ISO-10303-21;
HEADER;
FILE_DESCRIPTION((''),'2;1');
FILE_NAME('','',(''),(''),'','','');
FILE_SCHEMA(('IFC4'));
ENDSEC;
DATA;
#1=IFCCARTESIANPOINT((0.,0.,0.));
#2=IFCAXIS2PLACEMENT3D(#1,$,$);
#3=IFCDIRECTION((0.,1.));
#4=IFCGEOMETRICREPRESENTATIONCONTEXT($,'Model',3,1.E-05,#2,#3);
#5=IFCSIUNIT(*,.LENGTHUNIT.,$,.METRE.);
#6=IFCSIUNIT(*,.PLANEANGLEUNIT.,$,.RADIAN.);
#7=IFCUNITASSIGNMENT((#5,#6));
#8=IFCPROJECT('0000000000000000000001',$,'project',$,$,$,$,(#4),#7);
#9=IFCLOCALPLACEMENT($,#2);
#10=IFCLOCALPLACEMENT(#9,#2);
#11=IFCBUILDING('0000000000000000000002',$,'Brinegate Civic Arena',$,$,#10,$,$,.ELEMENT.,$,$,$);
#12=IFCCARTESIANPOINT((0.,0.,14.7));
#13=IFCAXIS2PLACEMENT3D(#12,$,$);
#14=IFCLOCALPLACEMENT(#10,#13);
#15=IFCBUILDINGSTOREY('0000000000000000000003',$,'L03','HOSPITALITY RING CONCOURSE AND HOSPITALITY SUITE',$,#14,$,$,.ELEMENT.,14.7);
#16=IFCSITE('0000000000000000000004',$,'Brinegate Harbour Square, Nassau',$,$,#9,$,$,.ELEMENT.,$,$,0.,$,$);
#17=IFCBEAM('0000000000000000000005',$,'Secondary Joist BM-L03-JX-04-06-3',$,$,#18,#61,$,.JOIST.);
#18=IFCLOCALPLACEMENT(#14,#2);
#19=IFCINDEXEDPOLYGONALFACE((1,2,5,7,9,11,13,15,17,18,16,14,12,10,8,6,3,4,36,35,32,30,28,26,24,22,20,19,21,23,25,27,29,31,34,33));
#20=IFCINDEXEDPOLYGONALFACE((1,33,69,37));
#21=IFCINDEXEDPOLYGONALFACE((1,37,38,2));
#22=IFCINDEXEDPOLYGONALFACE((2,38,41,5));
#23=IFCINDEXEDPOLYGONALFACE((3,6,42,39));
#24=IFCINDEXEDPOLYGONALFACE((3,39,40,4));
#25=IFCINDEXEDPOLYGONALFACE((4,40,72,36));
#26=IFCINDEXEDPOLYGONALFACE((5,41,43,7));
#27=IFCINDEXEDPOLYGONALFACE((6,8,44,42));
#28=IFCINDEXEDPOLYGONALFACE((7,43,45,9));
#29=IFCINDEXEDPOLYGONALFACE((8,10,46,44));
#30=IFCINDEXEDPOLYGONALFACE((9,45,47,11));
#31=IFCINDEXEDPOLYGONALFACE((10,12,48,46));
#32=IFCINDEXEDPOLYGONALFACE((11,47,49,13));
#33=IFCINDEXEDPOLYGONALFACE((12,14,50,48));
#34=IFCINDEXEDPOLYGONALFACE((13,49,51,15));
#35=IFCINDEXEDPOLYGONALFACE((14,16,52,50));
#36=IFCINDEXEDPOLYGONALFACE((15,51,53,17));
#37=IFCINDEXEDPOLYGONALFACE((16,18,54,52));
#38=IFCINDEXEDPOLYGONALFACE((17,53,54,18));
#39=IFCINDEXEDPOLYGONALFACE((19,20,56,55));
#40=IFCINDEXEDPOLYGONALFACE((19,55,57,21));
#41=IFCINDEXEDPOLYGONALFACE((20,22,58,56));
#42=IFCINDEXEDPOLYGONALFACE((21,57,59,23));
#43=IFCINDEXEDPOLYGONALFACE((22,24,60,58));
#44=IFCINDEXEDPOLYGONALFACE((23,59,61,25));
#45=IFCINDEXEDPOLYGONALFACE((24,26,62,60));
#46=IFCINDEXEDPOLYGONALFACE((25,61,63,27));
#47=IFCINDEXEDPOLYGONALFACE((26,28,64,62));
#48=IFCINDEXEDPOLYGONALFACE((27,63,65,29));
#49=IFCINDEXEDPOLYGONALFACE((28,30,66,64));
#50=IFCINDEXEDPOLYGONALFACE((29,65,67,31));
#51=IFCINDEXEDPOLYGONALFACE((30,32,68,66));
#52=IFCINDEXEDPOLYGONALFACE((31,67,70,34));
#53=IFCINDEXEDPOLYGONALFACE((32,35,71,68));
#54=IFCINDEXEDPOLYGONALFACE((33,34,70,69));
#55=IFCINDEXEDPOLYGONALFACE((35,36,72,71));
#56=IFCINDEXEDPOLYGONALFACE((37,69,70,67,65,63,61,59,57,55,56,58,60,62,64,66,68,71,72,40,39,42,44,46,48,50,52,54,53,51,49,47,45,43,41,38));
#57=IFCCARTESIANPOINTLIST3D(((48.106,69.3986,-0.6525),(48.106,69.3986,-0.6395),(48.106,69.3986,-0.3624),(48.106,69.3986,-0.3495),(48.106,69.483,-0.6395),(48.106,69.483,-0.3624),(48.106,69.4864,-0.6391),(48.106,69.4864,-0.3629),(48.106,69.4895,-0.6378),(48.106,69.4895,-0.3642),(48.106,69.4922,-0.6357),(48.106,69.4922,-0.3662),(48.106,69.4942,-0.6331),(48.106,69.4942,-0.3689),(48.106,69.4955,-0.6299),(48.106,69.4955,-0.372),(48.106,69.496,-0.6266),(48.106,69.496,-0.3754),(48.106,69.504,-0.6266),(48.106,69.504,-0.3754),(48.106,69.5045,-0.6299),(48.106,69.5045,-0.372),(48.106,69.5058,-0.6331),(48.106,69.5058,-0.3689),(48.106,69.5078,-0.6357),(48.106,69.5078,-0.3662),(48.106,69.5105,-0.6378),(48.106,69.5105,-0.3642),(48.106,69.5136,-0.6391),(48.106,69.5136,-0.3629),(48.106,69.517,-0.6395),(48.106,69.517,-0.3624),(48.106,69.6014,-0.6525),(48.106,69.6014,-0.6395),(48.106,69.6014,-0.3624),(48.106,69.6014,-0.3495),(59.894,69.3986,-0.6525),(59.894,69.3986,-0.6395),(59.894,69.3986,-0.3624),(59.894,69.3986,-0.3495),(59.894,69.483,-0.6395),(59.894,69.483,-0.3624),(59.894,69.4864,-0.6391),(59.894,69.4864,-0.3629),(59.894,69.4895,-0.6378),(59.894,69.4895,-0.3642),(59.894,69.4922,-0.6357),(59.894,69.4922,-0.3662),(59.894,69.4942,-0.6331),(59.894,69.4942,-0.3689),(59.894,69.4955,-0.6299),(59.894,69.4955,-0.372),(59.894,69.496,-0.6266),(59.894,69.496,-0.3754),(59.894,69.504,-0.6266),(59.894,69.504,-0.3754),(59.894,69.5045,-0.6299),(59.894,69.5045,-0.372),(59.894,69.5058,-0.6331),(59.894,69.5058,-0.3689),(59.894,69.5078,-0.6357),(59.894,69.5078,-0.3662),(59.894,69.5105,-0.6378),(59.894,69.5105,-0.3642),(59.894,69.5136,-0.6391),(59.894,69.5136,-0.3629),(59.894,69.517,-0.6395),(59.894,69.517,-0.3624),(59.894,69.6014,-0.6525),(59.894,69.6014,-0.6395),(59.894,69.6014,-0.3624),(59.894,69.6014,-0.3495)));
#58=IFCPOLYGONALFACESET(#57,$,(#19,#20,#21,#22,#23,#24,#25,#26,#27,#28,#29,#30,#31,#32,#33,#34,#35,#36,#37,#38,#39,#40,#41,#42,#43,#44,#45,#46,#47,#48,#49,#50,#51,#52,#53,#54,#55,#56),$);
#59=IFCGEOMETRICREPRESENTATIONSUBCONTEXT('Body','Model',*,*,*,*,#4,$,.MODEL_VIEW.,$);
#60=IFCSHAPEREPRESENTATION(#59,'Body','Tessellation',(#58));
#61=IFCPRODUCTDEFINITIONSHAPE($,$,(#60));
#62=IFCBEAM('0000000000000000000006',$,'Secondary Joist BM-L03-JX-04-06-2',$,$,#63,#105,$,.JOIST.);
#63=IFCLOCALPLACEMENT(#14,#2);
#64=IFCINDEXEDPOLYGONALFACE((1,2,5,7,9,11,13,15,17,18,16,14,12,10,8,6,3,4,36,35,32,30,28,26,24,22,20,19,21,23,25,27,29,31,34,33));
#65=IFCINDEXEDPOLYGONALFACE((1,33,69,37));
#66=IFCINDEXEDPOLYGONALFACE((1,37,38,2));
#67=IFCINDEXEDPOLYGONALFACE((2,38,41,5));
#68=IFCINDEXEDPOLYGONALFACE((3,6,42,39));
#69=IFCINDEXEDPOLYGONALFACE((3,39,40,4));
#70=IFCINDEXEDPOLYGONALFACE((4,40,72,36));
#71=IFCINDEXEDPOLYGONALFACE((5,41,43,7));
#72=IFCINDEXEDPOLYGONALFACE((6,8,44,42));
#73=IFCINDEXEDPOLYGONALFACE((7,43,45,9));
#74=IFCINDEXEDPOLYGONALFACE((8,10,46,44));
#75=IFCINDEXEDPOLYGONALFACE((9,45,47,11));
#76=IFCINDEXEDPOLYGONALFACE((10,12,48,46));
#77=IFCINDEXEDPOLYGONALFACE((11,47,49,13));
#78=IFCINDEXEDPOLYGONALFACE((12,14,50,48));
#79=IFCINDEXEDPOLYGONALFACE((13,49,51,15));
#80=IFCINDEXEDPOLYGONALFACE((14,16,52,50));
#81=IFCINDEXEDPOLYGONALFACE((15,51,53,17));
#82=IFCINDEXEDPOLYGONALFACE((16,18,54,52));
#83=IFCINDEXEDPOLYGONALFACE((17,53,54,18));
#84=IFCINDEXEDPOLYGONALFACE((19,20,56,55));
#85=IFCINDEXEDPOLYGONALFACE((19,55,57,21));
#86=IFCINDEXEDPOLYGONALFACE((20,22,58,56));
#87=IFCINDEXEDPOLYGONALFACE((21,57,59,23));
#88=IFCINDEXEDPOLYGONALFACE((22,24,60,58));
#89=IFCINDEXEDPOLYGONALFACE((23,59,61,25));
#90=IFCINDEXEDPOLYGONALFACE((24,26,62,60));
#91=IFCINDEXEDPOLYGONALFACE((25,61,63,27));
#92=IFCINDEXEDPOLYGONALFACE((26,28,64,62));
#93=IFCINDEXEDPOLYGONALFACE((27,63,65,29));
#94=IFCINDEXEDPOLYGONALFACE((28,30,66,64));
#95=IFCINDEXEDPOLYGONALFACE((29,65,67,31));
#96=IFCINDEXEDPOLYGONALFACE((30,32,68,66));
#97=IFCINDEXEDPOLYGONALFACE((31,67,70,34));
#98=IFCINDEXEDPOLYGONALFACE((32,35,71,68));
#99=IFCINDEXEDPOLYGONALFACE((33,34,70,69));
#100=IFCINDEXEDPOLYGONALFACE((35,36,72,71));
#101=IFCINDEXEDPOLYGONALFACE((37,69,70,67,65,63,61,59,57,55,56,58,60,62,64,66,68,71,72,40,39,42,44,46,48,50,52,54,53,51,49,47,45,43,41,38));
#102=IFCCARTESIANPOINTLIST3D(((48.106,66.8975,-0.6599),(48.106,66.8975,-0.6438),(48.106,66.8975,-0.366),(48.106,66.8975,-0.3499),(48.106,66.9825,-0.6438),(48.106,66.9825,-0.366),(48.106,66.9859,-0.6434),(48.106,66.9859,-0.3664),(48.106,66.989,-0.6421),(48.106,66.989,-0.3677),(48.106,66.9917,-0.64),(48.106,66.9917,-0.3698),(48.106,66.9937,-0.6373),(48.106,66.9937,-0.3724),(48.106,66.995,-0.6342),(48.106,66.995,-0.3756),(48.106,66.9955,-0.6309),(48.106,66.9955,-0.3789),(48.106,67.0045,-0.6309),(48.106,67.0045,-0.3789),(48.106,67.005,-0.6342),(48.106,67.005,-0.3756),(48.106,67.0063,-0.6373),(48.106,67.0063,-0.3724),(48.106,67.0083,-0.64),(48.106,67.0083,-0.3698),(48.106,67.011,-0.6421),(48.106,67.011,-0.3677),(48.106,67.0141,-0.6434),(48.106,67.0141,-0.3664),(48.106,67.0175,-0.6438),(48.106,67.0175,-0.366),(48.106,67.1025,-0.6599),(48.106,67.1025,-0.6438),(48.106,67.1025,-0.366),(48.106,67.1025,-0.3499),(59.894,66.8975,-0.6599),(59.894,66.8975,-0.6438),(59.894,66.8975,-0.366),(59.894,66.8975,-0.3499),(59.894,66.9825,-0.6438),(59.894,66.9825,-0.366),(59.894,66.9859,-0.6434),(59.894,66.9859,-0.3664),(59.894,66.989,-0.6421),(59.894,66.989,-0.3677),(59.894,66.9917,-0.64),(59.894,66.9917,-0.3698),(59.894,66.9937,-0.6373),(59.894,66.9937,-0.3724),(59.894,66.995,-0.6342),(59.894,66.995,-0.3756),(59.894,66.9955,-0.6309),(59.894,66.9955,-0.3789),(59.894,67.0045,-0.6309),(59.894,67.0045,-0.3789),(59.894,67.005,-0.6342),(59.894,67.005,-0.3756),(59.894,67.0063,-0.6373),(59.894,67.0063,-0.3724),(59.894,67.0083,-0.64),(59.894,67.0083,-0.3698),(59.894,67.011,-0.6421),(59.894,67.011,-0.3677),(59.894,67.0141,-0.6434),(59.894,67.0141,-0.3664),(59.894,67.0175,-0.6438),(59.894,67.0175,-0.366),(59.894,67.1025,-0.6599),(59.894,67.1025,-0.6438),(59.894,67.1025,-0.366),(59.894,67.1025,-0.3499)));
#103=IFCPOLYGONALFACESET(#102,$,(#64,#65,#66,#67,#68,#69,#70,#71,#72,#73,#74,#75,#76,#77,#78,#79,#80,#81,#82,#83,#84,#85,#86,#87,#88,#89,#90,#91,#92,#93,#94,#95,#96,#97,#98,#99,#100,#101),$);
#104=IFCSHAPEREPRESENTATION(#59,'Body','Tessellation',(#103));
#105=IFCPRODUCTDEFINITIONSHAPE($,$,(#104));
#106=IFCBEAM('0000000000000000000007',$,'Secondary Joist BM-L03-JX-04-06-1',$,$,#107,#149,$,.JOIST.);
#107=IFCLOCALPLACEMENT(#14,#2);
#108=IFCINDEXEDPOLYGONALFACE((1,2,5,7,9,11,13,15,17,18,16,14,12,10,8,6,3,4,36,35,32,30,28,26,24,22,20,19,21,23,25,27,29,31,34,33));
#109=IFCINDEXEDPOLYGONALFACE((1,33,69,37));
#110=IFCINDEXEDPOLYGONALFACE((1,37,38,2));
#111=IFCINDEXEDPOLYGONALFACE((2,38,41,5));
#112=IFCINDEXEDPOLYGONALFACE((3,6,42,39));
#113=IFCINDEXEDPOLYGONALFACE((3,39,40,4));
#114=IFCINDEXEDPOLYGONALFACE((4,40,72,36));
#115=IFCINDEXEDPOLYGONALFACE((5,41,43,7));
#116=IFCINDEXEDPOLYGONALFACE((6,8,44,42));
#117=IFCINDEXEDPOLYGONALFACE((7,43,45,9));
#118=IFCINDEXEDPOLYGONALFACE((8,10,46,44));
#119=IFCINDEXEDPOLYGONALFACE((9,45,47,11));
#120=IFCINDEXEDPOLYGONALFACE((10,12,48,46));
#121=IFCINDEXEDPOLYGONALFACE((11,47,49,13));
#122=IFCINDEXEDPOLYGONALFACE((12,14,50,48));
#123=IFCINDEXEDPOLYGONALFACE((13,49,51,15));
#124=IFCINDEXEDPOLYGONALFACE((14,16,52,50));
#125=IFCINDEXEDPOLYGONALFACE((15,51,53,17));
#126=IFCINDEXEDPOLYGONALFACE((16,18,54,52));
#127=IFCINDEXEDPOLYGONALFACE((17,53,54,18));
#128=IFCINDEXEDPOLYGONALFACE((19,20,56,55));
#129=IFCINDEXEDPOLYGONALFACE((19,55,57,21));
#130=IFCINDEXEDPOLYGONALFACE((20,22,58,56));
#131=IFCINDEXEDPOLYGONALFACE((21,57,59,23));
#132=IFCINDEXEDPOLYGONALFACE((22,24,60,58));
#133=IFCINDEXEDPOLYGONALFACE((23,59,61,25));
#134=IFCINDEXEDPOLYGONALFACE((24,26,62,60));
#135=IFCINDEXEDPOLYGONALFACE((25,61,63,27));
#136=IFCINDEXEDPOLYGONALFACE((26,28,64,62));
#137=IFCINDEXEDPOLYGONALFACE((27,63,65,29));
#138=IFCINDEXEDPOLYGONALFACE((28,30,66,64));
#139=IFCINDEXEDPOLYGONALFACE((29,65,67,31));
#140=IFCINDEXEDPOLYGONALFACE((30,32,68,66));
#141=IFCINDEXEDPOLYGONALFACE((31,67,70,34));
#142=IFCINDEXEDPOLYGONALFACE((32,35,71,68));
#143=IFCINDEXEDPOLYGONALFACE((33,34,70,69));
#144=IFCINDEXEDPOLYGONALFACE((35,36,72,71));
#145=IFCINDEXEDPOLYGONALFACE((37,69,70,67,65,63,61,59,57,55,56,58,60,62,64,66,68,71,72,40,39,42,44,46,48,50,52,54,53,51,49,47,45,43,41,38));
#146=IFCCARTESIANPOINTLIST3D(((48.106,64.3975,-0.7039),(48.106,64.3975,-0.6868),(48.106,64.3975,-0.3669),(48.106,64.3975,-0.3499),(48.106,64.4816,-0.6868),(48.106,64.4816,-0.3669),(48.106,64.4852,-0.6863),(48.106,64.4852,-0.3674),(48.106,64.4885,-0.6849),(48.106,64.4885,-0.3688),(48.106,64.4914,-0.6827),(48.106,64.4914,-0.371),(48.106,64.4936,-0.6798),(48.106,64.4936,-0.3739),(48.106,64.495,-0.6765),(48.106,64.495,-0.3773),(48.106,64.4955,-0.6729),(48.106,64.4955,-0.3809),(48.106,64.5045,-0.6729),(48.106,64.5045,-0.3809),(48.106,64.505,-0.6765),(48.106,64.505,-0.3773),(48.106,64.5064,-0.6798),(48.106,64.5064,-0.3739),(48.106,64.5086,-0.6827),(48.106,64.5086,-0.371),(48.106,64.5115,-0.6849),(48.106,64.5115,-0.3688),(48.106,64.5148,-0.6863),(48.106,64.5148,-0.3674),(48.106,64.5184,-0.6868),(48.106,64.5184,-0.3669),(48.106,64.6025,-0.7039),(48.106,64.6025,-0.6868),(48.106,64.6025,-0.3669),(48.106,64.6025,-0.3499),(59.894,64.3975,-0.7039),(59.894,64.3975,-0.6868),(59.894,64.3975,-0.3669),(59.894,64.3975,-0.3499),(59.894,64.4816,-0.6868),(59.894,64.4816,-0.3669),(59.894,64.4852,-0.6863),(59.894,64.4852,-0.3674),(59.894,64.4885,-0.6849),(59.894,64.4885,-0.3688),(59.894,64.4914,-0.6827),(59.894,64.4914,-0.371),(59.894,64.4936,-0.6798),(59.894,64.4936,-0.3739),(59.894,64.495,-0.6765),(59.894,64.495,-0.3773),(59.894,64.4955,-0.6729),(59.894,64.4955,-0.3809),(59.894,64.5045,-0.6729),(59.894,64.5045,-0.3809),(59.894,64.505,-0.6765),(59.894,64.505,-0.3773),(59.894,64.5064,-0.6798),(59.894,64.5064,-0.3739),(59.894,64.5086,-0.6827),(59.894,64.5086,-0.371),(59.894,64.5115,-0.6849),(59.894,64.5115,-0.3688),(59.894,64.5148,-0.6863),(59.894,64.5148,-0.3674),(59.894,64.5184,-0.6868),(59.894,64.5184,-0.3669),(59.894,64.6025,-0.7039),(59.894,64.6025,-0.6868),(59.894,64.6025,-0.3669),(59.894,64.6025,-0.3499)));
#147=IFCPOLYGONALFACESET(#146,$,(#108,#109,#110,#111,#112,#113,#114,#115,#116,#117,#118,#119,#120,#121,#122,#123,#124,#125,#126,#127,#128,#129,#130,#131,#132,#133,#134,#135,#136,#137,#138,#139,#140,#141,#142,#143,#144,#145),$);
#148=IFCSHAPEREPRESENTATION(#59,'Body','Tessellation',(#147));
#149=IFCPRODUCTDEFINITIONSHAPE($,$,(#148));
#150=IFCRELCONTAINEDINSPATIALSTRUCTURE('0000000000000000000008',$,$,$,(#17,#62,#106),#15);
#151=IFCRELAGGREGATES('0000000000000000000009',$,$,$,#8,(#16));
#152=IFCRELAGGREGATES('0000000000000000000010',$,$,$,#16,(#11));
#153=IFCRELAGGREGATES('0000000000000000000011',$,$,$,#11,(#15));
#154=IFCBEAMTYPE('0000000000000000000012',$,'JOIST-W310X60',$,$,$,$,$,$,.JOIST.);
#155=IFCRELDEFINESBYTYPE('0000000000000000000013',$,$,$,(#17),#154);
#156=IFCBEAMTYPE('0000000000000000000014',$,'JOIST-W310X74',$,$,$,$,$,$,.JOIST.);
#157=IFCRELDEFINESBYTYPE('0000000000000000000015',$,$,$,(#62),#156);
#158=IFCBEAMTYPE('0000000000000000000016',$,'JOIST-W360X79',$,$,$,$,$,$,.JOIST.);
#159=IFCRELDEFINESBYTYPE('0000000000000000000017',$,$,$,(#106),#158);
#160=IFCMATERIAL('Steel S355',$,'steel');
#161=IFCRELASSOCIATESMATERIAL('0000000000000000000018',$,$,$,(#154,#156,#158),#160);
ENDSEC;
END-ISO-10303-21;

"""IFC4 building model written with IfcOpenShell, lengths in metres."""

from ifc_helpers import new_model, si_unit, direction, frame, origin, origin_2d, place, context, subcontext, project, spatial, i_section, extrude, material, material_profile, profile_set, type_object, element, save


model = new_model("IFC4")

# Units and contexts
model_context = context("Model", 3, precision=1e-05, world=origin(), true_north=direction((0.0, 1.0)))
body_context = subcontext(model_context, "Body", "Model", "MODEL_VIEW")
ifc_project = project(units=[si_unit("LENGTHUNIT", "METRE"), si_unit("PLANEANGLEUNIT", "RADIAN")], contexts=[model_context])

# Site, building, storey
site_placement = place(None, origin())
site = spatial("IfcSite", under=ifc_project, at=site_placement, Name="Brinegate Harbour Square, Nassau", CompositionType="ELEMENT", RefElevation=0.0)
building_placement = place(site_placement, origin())
building = spatial("IfcBuilding", under=site, at=building_placement, Name="Brinegate Civic Arena", CompositionType="ELEMENT")
storey_placement = place(building_placement, frame((0.0, 0.0, 14.7)))
storey = spatial("IfcBuildingStorey", under=building, at=storey_placement, Name="L03", Description="HOSPITALITY RING CONCOURSE AND HOSPITALITY SUITE", CompositionType="ELEMENT", Elevation=14.7)

# Beams
ifc_material_1 = material(Name="Steel S355", Category="steel")
ifc_material_profile_1 = material_profile(ifc_material_1, i_section(OverallWidth=0.2029, OverallDepth=0.303, WebThickness=0.0081, FlangeThickness=0.0129, FilletRadius=0.0129, at=origin_2d()), Name="W310X60")
ifc_profile_set_1 = profile_set([ifc_material_profile_1], Name="Steel S355")
beam_type_1 = type_object("IfcBeamType", Name="JOIST-W310X60", PredefinedType="JOIST", material=ifc_profile_set_1)
beam_1_placement = place(storey_placement, frame((48.106, 69.5, -0.501), z_axis=(1.0, 0.0, 0.0), x_axis=(0.0, 1.0, 0.0)))
element("IfcBeam", 1, at=beam_1_placement, inside=storey, type_object=beam_type_1, Name="Secondary Joist BM-L03-JX-04-06-3", PredefinedType="JOIST", context=body_context, shape_type="SweptSolid", body=[
    extrude(i_section(OverallWidth=0.2029, OverallDepth=0.303, WebThickness=0.0081, FlangeThickness=0.0129, FilletRadius=0.0129, at=origin_2d()), origin(), (0.0, 0.0, 1.0), 11.7881),
])
ifc_material_profile_2 = material_profile(ifc_material_1, i_section(OverallWidth=0.2051, OverallDepth=0.3101, WebThickness=0.009, FlangeThickness=0.0161, FilletRadius=0.0129, at=origin_2d()), Name="W310X74")
ifc_profile_set_2 = profile_set([ifc_material_profile_2], Name="Steel S355")
beam_type_2 = type_object("IfcBeamType", Name="JOIST-W310X74", PredefinedType="JOIST", material=ifc_profile_set_2)
beam_2_placement = place(storey_placement, frame((48.106, 67.0, -0.5049), z_axis=(1.0, 0.0, 0.0), x_axis=(0.0, 1.0, 0.0)))
element("IfcBeam", 2, at=beam_2_placement, inside=storey, type_object=beam_type_2, Name="Secondary Joist BM-L03-JX-04-06-2", PredefinedType="JOIST", context=body_context, shape_type="SweptSolid", body=[
    extrude(i_section(OverallWidth=0.2051, OverallDepth=0.3101, WebThickness=0.009, FlangeThickness=0.0161, FilletRadius=0.0129, at=origin_2d()), origin(), (0.0, 0.0, 1.0), 11.7881),
])
ifc_material_profile_3 = material_profile(ifc_material_1, i_section(OverallWidth=0.2051, OverallDepth=0.354, WebThickness=0.009, FlangeThickness=0.0171, FilletRadius=0.0139, at=origin_2d()), Name="W360X79")
ifc_profile_set_3 = profile_set([ifc_material_profile_3], Name="Steel S355")
beam_type_3 = type_object("IfcBeamType", Name="JOIST-W360X79", PredefinedType="JOIST", material=ifc_profile_set_3)
beam_3_placement = place(storey_placement, frame((48.106, 64.5, -0.5269), z_axis=(1.0, 0.0, 0.0), x_axis=(0.0, 1.0, 0.0)))
element("IfcBeam", 3, at=beam_3_placement, inside=storey, type_object=beam_type_3, Name="Secondary Joist BM-L03-JX-04-06-1", PredefinedType="JOIST", context=body_context, shape_type="SweptSolid", body=[
    extrude(i_section(OverallWidth=0.2051, OverallDepth=0.354, WebThickness=0.009, FlangeThickness=0.0171, FilletRadius=0.0139, at=origin_2d()), origin(), (0.0, 0.0, 1.0), 11.7881),
])

save(model, "model.ifc")
